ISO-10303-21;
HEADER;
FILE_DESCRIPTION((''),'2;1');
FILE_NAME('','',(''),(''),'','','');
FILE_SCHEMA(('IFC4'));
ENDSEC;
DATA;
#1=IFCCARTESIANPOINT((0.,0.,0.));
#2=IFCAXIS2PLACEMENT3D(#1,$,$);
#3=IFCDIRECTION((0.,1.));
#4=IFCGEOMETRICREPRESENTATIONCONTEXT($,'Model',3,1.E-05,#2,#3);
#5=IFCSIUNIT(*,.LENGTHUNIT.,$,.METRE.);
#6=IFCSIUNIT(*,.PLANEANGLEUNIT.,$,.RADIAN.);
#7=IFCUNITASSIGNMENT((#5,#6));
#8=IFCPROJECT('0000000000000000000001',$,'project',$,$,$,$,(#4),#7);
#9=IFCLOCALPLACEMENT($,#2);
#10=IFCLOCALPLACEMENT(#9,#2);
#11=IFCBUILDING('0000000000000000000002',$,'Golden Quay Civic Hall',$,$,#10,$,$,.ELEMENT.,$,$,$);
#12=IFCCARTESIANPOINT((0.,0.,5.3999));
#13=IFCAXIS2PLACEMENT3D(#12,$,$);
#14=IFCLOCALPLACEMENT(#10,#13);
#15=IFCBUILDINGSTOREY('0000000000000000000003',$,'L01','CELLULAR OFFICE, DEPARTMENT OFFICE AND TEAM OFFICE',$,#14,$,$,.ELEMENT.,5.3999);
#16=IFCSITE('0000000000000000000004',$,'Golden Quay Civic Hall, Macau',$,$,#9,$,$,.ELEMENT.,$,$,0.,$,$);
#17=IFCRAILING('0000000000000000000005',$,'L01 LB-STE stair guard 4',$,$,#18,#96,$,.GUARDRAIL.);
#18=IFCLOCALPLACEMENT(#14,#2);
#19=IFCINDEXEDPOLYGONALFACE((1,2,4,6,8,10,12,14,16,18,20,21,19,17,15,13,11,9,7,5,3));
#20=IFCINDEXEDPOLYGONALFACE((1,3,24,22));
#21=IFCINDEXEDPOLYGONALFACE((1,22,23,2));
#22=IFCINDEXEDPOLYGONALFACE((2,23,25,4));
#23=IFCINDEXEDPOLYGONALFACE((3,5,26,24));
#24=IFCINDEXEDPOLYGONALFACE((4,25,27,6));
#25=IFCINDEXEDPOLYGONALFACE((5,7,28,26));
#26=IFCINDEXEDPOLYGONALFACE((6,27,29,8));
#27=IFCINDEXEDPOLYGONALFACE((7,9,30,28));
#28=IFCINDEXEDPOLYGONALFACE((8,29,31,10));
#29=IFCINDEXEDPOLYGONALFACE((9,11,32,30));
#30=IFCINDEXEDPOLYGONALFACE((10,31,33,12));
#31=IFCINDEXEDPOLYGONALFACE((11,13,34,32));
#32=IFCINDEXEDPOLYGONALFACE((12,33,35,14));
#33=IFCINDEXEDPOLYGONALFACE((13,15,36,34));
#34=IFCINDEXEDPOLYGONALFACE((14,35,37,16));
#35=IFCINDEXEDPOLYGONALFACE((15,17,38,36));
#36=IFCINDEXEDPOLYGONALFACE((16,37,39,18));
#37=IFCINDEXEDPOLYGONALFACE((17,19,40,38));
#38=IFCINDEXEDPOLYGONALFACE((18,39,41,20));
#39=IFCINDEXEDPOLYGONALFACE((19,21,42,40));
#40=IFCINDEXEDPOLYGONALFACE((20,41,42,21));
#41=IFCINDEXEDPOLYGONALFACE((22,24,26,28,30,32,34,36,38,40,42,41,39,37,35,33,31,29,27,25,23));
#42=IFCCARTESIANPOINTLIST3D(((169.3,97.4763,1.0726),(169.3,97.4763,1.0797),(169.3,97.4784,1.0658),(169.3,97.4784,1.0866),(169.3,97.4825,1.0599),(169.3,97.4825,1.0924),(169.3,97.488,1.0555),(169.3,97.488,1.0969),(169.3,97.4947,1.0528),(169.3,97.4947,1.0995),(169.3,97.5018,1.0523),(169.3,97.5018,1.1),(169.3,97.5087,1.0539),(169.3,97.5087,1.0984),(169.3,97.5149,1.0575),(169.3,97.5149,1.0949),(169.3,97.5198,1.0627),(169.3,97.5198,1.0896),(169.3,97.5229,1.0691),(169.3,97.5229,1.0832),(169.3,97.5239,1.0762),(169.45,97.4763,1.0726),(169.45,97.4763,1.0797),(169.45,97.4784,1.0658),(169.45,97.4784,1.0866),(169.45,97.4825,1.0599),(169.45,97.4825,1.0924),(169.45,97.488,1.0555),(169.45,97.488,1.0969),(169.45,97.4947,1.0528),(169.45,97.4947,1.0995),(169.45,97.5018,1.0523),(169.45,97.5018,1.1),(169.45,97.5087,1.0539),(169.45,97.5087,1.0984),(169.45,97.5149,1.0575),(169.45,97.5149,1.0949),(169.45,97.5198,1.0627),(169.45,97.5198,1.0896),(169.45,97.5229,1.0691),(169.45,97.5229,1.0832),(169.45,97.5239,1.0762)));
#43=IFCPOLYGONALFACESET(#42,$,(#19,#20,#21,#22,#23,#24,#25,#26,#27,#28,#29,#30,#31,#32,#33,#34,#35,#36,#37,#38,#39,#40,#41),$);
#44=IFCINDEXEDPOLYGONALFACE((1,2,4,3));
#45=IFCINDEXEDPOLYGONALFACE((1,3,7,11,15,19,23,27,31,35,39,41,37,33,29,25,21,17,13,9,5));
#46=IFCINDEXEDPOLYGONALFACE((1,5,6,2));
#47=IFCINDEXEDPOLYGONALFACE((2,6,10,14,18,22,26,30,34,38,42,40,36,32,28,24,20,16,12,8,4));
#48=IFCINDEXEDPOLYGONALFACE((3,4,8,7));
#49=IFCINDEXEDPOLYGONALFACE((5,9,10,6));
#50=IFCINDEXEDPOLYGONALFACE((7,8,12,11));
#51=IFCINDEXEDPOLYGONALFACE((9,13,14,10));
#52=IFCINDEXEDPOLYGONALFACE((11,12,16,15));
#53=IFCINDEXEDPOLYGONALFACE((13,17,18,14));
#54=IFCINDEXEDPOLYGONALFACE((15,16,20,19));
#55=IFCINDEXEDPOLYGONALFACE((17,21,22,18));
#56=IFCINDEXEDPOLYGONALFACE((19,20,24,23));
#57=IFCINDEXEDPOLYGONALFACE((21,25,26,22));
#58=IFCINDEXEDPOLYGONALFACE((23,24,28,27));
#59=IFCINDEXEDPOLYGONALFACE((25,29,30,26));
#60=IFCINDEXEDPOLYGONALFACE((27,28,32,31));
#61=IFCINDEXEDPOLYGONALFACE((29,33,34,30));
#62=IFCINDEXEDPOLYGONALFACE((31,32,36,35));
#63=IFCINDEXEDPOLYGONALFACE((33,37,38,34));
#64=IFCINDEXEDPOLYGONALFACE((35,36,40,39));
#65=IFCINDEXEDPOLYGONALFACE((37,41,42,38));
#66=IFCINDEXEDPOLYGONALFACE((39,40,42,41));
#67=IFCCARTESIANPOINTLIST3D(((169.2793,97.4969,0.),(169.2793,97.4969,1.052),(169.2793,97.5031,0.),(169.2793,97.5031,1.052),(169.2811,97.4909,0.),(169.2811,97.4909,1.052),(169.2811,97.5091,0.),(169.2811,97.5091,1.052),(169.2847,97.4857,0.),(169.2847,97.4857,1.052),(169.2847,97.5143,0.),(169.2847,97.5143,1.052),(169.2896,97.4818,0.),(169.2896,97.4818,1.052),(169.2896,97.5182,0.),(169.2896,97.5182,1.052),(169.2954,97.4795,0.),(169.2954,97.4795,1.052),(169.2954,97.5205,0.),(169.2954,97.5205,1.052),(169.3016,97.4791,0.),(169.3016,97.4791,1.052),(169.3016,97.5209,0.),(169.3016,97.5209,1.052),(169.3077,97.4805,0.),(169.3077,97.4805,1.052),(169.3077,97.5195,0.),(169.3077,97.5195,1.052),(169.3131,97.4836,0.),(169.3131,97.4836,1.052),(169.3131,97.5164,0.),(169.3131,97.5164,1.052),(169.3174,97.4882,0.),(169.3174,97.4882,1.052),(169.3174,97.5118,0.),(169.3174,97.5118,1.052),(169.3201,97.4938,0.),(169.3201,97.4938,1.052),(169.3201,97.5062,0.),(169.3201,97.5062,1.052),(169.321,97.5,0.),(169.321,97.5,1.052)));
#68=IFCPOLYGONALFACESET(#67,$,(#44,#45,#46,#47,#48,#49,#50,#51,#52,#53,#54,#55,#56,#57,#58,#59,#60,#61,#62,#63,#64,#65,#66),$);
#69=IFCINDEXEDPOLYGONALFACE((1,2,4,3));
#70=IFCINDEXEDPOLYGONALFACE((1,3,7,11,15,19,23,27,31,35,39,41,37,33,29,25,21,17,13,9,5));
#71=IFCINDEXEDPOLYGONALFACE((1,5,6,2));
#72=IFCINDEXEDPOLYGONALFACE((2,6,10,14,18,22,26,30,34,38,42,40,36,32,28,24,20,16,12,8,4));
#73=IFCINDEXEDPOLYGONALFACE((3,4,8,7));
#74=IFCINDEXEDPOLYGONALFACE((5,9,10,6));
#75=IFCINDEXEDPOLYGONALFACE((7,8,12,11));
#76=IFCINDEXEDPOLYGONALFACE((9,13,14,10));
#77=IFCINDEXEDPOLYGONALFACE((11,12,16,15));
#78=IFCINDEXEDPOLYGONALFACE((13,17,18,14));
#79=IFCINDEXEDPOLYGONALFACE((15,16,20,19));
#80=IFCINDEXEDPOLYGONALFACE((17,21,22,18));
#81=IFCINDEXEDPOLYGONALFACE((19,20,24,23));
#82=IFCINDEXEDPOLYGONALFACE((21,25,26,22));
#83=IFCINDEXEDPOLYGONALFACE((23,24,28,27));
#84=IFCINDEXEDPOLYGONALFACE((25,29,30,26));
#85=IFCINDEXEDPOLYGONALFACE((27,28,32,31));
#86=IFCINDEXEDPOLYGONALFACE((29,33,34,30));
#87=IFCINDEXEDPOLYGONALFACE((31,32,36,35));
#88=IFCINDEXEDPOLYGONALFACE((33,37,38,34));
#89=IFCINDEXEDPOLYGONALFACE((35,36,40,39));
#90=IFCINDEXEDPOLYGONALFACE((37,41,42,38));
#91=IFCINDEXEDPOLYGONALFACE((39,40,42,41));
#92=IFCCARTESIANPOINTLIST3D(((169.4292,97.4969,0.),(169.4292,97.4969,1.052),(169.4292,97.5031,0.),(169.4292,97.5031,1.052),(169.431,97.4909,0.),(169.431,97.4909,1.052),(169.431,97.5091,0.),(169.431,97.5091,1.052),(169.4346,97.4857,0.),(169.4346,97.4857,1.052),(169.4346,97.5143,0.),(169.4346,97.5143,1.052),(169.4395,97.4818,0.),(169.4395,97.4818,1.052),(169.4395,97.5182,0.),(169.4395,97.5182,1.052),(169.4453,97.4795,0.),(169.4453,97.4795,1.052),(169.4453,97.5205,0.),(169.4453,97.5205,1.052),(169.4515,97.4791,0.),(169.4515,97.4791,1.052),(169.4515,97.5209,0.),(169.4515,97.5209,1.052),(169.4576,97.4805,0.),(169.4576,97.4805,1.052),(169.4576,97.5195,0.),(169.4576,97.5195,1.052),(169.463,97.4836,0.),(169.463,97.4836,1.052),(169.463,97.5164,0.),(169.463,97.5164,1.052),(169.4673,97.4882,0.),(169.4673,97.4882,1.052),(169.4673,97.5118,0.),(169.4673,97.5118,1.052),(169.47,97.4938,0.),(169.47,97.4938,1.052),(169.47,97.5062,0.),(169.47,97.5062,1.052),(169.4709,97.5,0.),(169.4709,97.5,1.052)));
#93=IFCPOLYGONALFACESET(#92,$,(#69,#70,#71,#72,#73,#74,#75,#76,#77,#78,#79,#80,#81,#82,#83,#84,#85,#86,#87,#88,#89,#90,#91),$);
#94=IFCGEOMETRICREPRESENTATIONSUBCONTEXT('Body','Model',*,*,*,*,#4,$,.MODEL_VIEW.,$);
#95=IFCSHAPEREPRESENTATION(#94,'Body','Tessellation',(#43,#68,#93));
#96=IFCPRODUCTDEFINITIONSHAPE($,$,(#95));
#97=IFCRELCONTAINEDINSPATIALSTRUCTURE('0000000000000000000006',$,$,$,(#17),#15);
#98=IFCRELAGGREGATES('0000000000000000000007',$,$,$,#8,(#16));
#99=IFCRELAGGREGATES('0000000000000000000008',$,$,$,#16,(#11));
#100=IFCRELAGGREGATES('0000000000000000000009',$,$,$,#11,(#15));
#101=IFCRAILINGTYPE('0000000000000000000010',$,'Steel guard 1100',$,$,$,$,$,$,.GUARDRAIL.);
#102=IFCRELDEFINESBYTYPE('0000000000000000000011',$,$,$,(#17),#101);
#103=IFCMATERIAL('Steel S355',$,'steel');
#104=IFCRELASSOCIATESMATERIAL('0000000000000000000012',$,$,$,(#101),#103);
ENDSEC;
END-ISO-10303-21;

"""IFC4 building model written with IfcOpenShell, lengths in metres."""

from ifc_helpers import new_model, si_unit, direction, frame, origin, origin_2d, place, context, subcontext, project, spatial, circle, extrude, material, type_object, element, save


model = new_model("IFC4")

# Units and contexts
model_context = context("Model", 3, precision=1e-05, world=origin(), true_north=direction((0.0, 1.0)))
body_context = subcontext(model_context, "Body", "Model", "MODEL_VIEW")
ifc_project = project(units=[si_unit("LENGTHUNIT", "METRE"), si_unit("PLANEANGLEUNIT", "RADIAN")], contexts=[model_context])

# Site, building, storey
site_placement = place(None, origin())
site = spatial("IfcSite", under=ifc_project, at=site_placement, Name="Golden Quay Civic Hall, Macau", CompositionType="ELEMENT", RefElevation=0.0)
building_placement = place(site_placement, origin())
building = spatial("IfcBuilding", under=site, at=building_placement, Name="Golden Quay Civic Hall", CompositionType="ELEMENT")
storey_placement = place(building_placement, frame((0.0, 0.0, 5.3999)))
storey = spatial("IfcBuildingStorey", under=building, at=storey_placement, Name="L01", Description="CELLULAR OFFICE, DEPARTMENT OFFICE AND TEAM OFFICE", CompositionType="ELEMENT", Elevation=5.3999)

# Railing
ifc_material_1 = material(Name="Steel S355", Category="steel")
railing_type_1 = type_object("IfcRailingType", Name="Steel guard 1100", PredefinedType="GUARDRAIL", material=ifc_material_1)
railing_1_placement = place(storey_placement, frame((169.3, 97.5, 0.0)))
element("IfcRailing", 1, at=railing_1_placement, inside=storey, type_object=railing_type_1, Name="L01 LB-STE stair guard 4", PredefinedType="GUARDRAIL", context=body_context, shape_type="SweptSolid", body=[
    extrude(circle(Radius=0.0239, at=origin_2d()), frame((0.0, 0.0, 1.0762), z_axis=(1.0, 0.0, 0.0), x_axis=(0.0, 1.0, 0.0)), (0.0, 0.0, 1.0), 0.1499),
    extrude(circle(Radius=0.021, at=origin_2d()), origin(), (0.0, 0.0, 1.0), 1.052),
    extrude(circle(Radius=0.021, at=origin_2d()), frame((0.1499, 0.0, 0.0)), (0.0, 0.0, 1.0), 1.052),
])

save(model, "model.ifc")
